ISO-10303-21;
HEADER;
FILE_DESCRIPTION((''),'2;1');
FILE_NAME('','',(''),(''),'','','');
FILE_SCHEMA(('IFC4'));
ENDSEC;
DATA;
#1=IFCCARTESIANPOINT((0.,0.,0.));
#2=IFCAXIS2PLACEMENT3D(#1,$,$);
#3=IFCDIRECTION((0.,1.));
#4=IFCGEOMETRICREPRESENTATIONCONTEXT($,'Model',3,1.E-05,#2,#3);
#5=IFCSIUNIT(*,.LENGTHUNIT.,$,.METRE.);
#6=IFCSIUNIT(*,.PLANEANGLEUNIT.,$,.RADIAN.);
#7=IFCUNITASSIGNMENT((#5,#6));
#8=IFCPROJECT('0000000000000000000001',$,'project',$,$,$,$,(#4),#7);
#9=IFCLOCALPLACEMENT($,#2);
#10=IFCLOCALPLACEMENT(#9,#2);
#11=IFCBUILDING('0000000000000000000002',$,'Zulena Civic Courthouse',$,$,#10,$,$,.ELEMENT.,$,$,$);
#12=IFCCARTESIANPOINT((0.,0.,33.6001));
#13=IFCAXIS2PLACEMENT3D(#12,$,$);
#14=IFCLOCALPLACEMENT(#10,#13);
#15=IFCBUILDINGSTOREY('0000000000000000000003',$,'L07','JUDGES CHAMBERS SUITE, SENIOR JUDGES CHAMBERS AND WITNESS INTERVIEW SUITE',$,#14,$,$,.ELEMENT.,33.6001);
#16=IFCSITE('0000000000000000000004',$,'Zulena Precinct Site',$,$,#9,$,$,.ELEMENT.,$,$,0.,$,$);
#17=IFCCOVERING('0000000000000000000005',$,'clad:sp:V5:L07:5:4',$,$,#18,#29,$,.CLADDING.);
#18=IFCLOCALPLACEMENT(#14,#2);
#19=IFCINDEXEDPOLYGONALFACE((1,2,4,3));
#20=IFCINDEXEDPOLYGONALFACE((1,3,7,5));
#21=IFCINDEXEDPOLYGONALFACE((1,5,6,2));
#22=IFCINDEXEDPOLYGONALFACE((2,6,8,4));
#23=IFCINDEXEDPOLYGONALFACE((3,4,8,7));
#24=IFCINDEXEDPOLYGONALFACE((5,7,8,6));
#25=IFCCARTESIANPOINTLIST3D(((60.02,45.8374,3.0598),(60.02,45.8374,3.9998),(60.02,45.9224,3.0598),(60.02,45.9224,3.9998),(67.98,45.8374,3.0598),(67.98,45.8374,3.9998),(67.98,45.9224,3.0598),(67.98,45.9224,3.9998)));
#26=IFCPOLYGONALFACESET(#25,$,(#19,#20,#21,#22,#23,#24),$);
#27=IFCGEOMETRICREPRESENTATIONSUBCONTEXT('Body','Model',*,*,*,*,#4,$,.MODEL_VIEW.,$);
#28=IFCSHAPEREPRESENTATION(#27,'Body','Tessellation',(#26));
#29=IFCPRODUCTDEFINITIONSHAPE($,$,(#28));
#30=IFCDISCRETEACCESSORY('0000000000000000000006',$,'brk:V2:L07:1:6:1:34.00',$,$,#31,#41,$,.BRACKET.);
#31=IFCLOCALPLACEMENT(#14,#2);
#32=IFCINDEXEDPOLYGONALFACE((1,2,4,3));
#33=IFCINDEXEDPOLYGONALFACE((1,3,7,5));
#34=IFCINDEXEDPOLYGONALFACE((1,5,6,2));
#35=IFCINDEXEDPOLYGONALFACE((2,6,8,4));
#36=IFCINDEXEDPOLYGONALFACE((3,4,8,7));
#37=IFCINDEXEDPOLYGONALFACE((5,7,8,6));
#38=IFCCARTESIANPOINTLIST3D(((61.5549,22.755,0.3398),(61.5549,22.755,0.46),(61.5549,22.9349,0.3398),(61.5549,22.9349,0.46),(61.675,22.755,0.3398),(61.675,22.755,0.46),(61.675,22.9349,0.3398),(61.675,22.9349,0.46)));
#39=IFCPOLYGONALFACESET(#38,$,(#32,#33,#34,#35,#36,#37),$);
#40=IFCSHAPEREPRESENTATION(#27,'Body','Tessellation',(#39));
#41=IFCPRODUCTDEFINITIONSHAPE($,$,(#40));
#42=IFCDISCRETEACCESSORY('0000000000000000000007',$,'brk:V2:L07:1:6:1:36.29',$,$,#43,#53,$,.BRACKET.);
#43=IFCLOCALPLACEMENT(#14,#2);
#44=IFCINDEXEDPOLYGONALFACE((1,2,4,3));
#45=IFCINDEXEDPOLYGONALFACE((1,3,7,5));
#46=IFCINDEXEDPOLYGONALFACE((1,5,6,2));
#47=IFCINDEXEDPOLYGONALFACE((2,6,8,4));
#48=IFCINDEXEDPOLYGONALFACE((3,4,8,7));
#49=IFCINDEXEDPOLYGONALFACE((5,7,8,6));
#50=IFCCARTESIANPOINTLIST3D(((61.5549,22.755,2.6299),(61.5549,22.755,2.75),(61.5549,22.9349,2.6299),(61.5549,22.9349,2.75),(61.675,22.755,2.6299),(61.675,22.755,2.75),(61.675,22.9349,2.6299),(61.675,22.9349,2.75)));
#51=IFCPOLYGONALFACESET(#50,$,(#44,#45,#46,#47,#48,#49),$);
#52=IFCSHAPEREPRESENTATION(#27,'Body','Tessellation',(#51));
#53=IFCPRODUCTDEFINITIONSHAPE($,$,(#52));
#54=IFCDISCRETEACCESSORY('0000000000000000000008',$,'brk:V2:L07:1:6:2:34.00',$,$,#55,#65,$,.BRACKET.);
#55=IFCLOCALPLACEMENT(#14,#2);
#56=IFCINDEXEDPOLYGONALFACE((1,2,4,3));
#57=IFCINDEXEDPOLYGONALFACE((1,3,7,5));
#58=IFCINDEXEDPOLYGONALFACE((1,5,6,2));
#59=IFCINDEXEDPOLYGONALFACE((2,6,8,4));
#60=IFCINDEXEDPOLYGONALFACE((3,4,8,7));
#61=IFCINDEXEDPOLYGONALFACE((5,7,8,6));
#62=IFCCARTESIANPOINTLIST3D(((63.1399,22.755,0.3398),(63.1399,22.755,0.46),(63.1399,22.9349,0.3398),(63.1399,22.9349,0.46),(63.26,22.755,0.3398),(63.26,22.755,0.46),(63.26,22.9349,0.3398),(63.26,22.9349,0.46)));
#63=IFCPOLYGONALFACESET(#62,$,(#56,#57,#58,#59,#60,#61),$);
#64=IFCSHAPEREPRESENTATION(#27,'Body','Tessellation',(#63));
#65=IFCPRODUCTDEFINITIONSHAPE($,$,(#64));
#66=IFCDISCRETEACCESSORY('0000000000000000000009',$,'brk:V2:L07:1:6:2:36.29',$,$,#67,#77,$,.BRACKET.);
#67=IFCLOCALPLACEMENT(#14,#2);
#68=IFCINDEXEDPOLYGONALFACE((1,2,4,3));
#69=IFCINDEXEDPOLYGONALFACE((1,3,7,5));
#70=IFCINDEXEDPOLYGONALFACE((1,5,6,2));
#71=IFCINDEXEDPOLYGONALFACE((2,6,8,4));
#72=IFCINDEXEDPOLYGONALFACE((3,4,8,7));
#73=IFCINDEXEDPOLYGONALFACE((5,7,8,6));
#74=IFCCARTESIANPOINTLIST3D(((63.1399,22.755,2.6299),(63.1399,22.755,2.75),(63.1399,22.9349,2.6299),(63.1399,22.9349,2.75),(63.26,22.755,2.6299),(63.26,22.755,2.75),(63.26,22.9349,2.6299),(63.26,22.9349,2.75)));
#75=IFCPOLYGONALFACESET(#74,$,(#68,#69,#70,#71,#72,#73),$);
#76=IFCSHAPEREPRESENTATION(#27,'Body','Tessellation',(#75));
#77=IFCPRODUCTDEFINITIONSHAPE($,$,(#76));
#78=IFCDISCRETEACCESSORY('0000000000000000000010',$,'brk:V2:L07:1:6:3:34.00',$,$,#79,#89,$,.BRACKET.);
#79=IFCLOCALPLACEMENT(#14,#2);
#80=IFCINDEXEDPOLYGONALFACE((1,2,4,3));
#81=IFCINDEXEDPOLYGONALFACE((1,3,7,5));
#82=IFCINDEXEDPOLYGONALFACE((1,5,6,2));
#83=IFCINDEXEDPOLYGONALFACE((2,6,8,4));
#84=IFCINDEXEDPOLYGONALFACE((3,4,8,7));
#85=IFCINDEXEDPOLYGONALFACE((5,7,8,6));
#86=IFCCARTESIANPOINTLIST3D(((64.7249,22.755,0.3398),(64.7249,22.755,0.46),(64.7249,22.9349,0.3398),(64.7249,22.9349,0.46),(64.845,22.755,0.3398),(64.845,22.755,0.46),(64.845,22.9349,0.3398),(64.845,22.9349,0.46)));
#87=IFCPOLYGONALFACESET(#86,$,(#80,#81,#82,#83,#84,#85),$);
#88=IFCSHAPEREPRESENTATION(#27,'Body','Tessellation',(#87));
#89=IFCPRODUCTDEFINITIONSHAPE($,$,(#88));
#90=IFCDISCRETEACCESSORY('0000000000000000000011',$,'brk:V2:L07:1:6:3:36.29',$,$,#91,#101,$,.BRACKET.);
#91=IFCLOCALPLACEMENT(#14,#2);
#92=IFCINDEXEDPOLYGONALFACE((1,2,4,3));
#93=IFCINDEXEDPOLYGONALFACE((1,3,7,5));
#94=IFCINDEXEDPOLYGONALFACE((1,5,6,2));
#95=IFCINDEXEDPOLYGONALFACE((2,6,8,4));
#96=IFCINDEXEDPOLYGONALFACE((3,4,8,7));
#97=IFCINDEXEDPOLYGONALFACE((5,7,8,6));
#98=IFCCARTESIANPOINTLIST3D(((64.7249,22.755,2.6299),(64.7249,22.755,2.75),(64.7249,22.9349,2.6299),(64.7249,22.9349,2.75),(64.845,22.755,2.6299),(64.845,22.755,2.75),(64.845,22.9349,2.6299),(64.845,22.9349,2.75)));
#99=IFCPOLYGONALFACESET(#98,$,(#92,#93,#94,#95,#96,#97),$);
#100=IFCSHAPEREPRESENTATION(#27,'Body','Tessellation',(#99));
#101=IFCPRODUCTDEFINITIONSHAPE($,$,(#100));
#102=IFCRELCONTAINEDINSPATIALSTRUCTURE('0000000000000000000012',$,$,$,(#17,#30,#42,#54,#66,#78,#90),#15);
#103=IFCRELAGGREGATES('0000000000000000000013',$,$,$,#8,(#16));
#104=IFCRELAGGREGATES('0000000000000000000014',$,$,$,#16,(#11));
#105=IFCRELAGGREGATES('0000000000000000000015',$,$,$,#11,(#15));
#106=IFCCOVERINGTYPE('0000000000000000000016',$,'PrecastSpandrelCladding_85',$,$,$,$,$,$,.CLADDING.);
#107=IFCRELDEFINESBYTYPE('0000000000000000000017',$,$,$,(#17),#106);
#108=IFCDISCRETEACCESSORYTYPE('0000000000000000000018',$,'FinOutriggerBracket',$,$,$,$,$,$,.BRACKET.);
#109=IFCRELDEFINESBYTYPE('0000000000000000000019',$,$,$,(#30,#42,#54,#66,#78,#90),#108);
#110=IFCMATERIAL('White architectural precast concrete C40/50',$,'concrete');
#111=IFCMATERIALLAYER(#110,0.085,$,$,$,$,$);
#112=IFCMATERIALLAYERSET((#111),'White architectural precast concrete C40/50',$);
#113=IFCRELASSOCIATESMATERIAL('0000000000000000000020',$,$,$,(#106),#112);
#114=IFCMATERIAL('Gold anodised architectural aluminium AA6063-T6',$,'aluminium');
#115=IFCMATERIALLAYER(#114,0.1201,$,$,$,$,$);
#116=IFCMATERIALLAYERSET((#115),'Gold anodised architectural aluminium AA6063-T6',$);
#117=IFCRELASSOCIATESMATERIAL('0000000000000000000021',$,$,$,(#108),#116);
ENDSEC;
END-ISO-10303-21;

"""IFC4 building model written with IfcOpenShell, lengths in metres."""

from ifc_helpers import new_model, si_unit, direction, frame, origin, origin_2d, place, context, subcontext, project, spatial, rectangle, extrude, material, layer, layer_set, type_object, element, save


model = new_model("IFC4")

# Units and contexts
model_context = context("Model", 3, precision=1e-05, world=origin(), true_north=direction((0.0, 1.0)))
body_context = subcontext(model_context, "Body", "Model", "MODEL_VIEW")
ifc_project = project(units=[si_unit("LENGTHUNIT", "METRE"), si_unit("PLANEANGLEUNIT", "RADIAN")], contexts=[model_context])

# Site, building, storey
site_placement = place(None, origin())
site = spatial("IfcSite", under=ifc_project, at=site_placement, Name="Zulena Precinct Site", CompositionType="ELEMENT", RefElevation=0.0)
building_placement = place(site_placement, origin())
building = spatial("IfcBuilding", under=site, at=building_placement, Name="Zulena Civic Courthouse", CompositionType="ELEMENT")
storey_placement = place(building_placement, frame((0.0, 0.0, 33.6001)))
storey = spatial("IfcBuildingStorey", under=building, at=storey_placement, Name="L07", Description="JUDGES CHAMBERS SUITE, SENIOR JUDGES CHAMBERS AND WITNESS INTERVIEW SUITE", CompositionType="ELEMENT", Elevation=33.6001)

# Shared definitions
ifc_material_1 = material(Name="Gold anodised architectural aluminium AA6063-T6", Category="aluminium")

# Covering
ifc_material_2 = material(Name="White architectural precast concrete C40/50", Category="concrete")
ifc_layer_1 = layer(ifc_material_2, 0.085)
ifc_layer_set_1 = layer_set([ifc_layer_1], Name="White architectural precast concrete C40/50")
covering_type = type_object("IfcCoveringType", Name="PrecastSpandrelCladding_85", PredefinedType="CLADDING", material=ifc_layer_set_1)
covering_placement = place(storey_placement, frame((64.0, 45.8799, 3.0598), z_axis=(0.0, 0.0, 1.0), x_axis=(-1.0, 0.0, 0.0)))
element("IfcCovering", 1, at=covering_placement, inside=storey, type_object=covering_type, Name="clad:sp:V5:L07:5:4", PredefinedType="CLADDING", context=body_context, shape_type="SweptSolid", body=[
    extrude(rectangle(XDim=7.96, YDim=0.085, at=origin_2d()), origin(), (0.0, 0.0, 1.0), 0.9399),
])

# Discrete accessories
ifc_layer_2 = layer(ifc_material_1, 0.1201)
ifc_layer_set_2 = layer_set([ifc_layer_2], Name="Gold anodised architectural aluminium AA6063-T6")
discrete_accessory_type = type_object("IfcDiscreteAccessoryType", Name="FinOutriggerBracket", PredefinedType="BRACKET", material=ifc_layer_set_2)
for number, where, z_axis, x_axis, name in (
    (2, (61.615, 22.845, 0.3398), (0.0, 0.0, 1.0), (0.0, 1.0, 0.0), "brk:V2:L07:1:6:1:34.00"),
    (3, (61.615, 22.845, 2.6299), (0.0, 0.0, 1.0), (0.0, 1.0, 0.0), "brk:V2:L07:1:6:1:36.29"),
    (4, (63.2, 22.845, 0.3398), (0.0, 0.0, 1.0), (0.0, 1.0, 0.0), "brk:V2:L07:1:6:2:34.00"),
    (5, (63.2, 22.845, 2.6299), (0.0, 0.0, 1.0), (0.0, 1.0, 0.0), "brk:V2:L07:1:6:2:36.29"),
    (6, (64.7849, 22.845, 0.3398), (0.0, 0.0, 1.0), (0.0, 1.0, 0.0), "brk:V2:L07:1:6:3:34.00"),
    (7, (64.7849, 22.845, 2.6299), (0.0, 0.0, 1.0), (0.0, 1.0, 0.0), "brk:V2:L07:1:6:3:36.29"),
):
    element("IfcDiscreteAccessory", number, at=place(storey_placement, frame(where, z_axis=z_axis, x_axis=x_axis)), inside=storey, type_object=discrete_accessory_type, Name=name, PredefinedType="BRACKET", context=body_context, shape_type="SweptSolid", body=[
        extrude(rectangle(XDim=0.1799, YDim=0.1201, at=origin_2d()), origin(), (0.0, 0.0, 1.0), 0.1201),
    ])

save(model, "model.ifc")
